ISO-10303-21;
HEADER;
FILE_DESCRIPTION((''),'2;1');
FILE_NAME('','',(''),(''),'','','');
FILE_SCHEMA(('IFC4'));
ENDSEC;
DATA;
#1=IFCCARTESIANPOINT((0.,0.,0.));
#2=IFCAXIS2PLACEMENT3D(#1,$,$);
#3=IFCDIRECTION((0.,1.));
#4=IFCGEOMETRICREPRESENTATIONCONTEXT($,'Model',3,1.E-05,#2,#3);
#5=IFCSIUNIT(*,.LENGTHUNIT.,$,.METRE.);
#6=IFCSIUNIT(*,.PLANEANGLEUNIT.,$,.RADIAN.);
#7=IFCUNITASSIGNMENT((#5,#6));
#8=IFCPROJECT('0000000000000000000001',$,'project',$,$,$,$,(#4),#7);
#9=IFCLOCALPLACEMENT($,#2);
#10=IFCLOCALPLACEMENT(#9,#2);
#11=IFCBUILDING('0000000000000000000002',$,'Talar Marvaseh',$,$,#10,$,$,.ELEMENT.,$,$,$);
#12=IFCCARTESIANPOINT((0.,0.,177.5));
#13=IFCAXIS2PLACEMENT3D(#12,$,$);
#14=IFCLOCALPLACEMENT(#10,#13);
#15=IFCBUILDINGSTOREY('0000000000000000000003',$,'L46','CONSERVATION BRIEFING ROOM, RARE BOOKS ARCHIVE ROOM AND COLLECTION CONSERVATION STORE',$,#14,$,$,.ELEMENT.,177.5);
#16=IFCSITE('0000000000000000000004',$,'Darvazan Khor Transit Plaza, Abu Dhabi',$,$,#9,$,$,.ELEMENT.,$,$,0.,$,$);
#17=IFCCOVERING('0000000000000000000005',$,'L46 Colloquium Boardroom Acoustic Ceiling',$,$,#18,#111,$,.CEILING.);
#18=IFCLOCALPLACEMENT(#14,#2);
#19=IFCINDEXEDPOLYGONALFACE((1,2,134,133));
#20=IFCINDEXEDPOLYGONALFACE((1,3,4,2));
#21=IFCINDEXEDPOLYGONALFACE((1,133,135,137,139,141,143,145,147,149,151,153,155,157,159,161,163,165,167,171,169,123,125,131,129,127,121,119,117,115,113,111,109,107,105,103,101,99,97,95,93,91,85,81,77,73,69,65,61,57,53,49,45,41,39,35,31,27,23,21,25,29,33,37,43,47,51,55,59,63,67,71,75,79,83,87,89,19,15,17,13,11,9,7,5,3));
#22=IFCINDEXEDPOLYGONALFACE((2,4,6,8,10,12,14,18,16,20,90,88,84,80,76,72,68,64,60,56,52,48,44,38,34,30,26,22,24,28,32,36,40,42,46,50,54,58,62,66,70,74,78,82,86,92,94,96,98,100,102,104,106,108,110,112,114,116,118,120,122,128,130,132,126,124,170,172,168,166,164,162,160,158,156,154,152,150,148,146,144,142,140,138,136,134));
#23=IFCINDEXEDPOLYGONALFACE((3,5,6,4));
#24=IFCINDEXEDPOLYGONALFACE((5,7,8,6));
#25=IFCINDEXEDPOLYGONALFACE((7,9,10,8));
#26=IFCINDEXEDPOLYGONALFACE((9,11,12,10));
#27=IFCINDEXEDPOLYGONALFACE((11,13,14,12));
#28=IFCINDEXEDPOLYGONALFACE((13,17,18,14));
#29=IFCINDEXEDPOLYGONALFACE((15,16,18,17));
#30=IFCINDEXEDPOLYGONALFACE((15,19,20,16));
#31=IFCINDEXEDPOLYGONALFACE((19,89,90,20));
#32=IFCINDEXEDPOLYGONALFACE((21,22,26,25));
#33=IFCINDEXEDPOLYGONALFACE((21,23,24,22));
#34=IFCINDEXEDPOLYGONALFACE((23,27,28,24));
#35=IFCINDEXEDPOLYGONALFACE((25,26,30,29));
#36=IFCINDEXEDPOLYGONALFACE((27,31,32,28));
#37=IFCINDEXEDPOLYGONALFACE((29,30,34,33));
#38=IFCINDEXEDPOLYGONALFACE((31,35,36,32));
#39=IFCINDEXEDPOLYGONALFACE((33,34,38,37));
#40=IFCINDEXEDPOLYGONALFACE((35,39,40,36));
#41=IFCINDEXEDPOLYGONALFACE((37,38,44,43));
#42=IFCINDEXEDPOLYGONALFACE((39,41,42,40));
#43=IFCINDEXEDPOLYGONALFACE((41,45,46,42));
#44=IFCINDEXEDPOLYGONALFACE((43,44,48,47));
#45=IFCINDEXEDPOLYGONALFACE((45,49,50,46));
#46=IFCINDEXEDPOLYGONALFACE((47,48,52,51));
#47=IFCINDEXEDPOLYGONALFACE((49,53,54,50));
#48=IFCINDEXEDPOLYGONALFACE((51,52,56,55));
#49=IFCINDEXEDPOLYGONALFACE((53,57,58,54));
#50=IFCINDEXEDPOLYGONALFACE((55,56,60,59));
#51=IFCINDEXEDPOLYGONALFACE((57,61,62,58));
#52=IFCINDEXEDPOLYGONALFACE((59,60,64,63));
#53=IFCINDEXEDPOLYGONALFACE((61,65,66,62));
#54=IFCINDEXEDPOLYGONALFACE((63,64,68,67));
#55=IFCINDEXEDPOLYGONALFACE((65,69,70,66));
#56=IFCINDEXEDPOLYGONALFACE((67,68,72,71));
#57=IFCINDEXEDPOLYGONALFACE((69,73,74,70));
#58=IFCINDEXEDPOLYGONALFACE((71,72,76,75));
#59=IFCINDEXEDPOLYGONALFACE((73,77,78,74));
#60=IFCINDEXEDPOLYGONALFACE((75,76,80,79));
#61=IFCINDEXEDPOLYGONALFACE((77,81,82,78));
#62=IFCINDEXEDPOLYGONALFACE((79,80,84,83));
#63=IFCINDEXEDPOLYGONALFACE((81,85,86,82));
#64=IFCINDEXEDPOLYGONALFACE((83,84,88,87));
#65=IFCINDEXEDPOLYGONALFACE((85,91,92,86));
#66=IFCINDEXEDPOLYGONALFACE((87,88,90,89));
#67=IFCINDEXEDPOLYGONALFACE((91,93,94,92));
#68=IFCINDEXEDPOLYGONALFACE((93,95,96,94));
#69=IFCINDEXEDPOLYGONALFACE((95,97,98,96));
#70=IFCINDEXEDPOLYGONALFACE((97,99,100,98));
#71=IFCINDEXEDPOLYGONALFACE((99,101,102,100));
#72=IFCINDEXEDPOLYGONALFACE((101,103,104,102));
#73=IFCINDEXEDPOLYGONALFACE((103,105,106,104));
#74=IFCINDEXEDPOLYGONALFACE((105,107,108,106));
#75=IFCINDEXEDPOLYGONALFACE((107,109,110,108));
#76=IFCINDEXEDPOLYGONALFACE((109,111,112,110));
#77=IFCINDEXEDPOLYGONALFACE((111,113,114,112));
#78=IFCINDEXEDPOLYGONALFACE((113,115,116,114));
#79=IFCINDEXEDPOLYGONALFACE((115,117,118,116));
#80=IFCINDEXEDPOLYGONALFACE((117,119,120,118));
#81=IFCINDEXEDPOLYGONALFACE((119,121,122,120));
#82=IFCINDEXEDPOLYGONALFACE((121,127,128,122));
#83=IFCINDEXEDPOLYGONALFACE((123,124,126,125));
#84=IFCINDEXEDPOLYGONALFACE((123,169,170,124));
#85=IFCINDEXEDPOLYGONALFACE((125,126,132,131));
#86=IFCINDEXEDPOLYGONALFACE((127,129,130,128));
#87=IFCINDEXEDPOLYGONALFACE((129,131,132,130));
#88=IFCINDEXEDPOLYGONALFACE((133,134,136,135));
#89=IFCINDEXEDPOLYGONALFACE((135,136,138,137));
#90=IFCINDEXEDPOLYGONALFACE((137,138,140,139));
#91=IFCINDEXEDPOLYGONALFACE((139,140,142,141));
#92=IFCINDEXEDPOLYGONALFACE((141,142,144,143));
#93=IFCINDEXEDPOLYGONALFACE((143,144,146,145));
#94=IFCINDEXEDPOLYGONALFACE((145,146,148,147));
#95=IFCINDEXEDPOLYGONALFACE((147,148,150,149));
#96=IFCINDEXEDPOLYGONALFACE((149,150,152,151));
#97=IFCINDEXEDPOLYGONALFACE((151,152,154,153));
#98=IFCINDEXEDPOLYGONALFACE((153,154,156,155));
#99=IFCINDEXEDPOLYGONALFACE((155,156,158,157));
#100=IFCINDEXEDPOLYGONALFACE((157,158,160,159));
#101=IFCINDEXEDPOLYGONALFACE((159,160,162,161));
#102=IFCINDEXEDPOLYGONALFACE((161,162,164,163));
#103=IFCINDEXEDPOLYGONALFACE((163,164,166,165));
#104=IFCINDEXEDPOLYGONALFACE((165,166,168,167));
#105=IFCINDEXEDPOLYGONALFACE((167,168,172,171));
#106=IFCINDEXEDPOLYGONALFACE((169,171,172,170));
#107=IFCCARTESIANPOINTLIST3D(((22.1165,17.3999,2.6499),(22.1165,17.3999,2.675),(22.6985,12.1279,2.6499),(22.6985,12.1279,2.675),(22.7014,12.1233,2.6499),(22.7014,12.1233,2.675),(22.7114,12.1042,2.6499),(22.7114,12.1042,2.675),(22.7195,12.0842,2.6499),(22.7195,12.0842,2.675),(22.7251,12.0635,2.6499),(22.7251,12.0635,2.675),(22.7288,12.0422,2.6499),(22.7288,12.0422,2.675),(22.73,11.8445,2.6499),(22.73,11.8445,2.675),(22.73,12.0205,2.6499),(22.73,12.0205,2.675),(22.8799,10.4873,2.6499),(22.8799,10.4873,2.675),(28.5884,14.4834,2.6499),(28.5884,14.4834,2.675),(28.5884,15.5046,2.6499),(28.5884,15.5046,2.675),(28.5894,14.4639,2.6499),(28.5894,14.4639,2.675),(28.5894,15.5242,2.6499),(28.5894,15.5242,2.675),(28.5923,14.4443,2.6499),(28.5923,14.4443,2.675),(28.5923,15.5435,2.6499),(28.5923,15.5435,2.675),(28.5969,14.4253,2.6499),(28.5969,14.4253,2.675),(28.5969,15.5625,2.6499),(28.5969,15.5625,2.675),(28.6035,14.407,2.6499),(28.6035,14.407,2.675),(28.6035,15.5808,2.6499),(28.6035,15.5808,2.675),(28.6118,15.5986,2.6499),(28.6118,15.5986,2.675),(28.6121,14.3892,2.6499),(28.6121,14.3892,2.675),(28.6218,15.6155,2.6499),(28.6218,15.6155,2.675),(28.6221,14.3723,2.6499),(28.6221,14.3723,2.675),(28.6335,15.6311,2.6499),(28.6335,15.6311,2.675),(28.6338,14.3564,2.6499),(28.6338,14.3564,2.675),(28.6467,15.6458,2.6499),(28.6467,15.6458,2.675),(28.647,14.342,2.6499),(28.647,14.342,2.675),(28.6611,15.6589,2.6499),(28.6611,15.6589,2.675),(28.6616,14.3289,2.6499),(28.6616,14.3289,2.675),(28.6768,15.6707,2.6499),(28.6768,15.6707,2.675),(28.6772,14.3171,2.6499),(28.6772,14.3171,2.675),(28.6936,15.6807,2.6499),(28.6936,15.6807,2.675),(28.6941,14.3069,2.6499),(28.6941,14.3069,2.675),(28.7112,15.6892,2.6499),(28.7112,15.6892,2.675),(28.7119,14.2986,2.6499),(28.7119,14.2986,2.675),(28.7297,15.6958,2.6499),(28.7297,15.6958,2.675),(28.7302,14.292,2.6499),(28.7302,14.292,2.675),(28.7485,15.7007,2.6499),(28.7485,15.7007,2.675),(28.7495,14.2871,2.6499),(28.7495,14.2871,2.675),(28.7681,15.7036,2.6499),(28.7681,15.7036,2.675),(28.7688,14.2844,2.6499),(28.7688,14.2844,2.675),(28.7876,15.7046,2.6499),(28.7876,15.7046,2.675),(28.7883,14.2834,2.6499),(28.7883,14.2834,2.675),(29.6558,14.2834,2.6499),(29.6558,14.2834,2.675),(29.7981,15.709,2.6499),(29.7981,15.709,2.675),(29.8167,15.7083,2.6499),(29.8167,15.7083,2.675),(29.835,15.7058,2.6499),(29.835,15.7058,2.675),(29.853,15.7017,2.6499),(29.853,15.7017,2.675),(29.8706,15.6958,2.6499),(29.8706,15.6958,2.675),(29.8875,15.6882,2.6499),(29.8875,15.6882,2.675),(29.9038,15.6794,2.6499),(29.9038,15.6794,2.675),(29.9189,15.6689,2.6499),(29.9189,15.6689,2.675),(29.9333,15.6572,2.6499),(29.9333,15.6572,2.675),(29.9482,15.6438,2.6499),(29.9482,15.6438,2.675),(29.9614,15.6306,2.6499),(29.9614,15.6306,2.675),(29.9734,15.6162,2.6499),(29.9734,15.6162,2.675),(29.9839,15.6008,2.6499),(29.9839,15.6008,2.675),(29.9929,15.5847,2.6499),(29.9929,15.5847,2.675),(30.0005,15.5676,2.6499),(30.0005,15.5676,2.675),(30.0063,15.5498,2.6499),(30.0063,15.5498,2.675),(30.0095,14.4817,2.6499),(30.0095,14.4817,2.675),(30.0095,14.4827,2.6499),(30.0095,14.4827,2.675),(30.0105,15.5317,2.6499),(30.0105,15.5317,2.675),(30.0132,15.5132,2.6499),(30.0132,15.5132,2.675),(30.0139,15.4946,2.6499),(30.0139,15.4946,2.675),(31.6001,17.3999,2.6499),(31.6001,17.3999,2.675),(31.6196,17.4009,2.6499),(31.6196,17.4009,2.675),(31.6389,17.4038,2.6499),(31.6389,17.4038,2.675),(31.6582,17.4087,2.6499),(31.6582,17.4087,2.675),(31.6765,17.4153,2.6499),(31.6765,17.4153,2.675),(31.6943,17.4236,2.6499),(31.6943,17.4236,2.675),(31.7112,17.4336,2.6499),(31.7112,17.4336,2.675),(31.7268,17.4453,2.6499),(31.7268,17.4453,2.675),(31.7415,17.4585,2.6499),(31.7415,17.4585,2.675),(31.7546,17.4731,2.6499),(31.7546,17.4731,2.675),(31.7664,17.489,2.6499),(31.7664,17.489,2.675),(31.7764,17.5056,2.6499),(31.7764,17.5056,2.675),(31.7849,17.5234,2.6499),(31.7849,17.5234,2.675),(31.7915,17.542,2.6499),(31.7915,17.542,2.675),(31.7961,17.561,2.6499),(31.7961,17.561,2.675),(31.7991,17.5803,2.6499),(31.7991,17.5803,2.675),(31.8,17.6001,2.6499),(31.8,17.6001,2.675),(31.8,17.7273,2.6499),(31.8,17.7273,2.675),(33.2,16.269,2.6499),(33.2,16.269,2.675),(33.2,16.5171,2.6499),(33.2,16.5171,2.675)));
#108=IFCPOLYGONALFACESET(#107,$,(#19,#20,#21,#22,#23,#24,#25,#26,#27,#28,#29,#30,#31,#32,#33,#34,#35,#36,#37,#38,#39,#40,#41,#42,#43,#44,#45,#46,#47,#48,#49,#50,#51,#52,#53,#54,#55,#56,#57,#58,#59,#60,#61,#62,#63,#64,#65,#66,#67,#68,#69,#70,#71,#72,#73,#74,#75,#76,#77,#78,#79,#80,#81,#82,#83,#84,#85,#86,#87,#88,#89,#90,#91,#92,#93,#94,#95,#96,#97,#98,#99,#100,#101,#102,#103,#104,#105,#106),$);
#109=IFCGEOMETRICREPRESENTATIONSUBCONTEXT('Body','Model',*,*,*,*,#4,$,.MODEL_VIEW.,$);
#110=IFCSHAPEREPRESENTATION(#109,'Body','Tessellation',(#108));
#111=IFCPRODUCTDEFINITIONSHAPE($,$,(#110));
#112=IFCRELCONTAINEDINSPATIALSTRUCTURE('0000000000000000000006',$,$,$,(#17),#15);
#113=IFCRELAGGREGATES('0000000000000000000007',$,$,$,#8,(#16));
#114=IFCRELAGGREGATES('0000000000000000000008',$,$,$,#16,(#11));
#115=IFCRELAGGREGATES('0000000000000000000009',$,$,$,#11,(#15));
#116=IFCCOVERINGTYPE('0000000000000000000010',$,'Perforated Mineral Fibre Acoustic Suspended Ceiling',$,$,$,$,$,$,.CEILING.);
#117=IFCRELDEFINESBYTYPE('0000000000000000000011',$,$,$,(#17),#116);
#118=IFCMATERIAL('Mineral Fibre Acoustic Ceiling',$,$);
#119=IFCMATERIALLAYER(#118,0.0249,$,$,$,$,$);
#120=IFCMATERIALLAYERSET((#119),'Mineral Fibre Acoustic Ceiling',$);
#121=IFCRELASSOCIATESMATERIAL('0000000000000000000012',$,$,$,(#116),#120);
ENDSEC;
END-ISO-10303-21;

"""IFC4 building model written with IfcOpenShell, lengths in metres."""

from ifc_helpers import new_model, si_unit, direction, frame, origin, place, context, subcontext, project, spatial, polyline, outline, extrude, material, layer, layer_set, type_object, element, save


model = new_model("IFC4")

# Units and contexts
model_context = context("Model", 3, precision=1e-05, world=origin(), true_north=direction((0.0, 1.0)))
body_context = subcontext(model_context, "Body", "Model", "MODEL_VIEW")
ifc_project = project(units=[si_unit("LENGTHUNIT", "METRE"), si_unit("PLANEANGLEUNIT", "RADIAN")], contexts=[model_context])

# Site, building, storey
site_placement = place(None, origin())
site = spatial("IfcSite", under=ifc_project, at=site_placement, Name="Darvazan Khor Transit Plaza, Abu Dhabi", CompositionType="ELEMENT", RefElevation=0.0)
building_placement = place(site_placement, origin())
building = spatial("IfcBuilding", under=site, at=building_placement, Name="Talar Marvaseh", CompositionType="ELEMENT")
storey_placement = place(building_placement, frame((0.0, 0.0, 177.5)))
storey = spatial("IfcBuildingStorey", under=building, at=storey_placement, Name="L46", Description="CONSERVATION BRIEFING ROOM, RARE BOOKS ARCHIVE ROOM AND COLLECTION CONSERVATION STORE", CompositionType="ELEMENT", Elevation=177.5)

# Covering
ifc_material_1 = material(Name="Mineral Fibre Acoustic Ceiling")
ifc_layer_1 = layer(ifc_material_1, 0.0249)
ifc_layer_set_1 = layer_set([ifc_layer_1], Name="Mineral Fibre Acoustic Ceiling")
covering_type_1 = type_object("IfcCoveringType", Name="Perforated Mineral Fibre Acoustic Suspended Ceiling", PredefinedType="CEILING", material=ifc_layer_set_1)
covering_1_placement = place(storey_placement, frame((0.0, 0.0, 2.6499)))
element("IfcCovering", 1, at=covering_1_placement, inside=storey, type_object=covering_type_1, Name="L46 Colloquium Boardroom Acoustic Ceiling", PredefinedType="CEILING", context=body_context, shape_type="SweptSolid", body=[
    extrude(outline(polyline([(31.6001, 17.3999), (31.6196, 17.4009), (31.6389, 17.4038), (31.6582, 17.4087), (31.6765, 17.4153), (31.6943, 17.4236), (31.7112, 17.4336), (31.7268, 17.4453), (31.7415, 17.4585), (31.7546, 17.4731), (31.7664, 17.489), (31.7764, 17.5056), (31.7849, 17.5234), (31.7915, 17.542), (31.7961, 17.561), (31.7991, 17.5803), (31.8, 17.6001), (31.8, 17.7273), (33.2, 16.5171), (33.2, 16.269), (30.0095, 14.4817), (30.0095, 14.4827), (30.0139, 15.4946), (30.0132, 15.5132), (30.0105, 15.5317), (30.0063, 15.5498), (30.0005, 15.5676), (29.9929, 15.5847), (29.9839, 15.6008), (29.9734, 15.6162), (29.9614, 15.6306), (29.9482, 15.6438), (29.9333, 15.6572), (29.9189, 15.6689), (29.9038, 15.6794), (29.8875, 15.6882), (29.8706, 15.6958), (29.853, 15.7017), (29.835, 15.7058), (29.8167, 15.7083), (29.7981, 15.709), (28.7876, 15.7046), (28.7681, 15.7036), (28.7485, 15.7007), (28.7297, 15.6958), (28.7112, 15.6892), (28.6936, 15.6807), (28.6768, 15.6707), (28.6611, 15.6589), (28.6467, 15.6458), (28.6335, 15.6311), (28.6218, 15.6155), (28.6118, 15.5986), (28.6035, 15.5808), (28.5969, 15.5625), (28.5923, 15.5435), (28.5894, 15.5242), (28.5884, 15.5046), (28.5884, 14.4834), (28.5894, 14.4639), (28.5923, 14.4443), (28.5969, 14.4253), (28.6035, 14.407), (28.6121, 14.3892), (28.6221, 14.3723), (28.6338, 14.3564), (28.647, 14.342), (28.6616, 14.3289), (28.6772, 14.3171), (28.6941, 14.3069), (28.7119, 14.2986), (28.7302, 14.292), (28.7495, 14.2871), (28.7688, 14.2844), (28.7883, 14.2834), (29.6558, 14.2834), (22.8799, 10.4873), (22.73, 11.8445), (22.73, 12.0205), (22.7288, 12.0422), (22.7251, 12.0635), (22.7195, 12.0842), (22.7114, 12.1042), (22.7014, 12.1233), (22.6985, 12.1279), (22.1165, 17.3999), (31.6001, 17.3999)])), origin(), (0.0, 0.0, 1.0), 0.0251),
])

save(model, "model.ifc")
